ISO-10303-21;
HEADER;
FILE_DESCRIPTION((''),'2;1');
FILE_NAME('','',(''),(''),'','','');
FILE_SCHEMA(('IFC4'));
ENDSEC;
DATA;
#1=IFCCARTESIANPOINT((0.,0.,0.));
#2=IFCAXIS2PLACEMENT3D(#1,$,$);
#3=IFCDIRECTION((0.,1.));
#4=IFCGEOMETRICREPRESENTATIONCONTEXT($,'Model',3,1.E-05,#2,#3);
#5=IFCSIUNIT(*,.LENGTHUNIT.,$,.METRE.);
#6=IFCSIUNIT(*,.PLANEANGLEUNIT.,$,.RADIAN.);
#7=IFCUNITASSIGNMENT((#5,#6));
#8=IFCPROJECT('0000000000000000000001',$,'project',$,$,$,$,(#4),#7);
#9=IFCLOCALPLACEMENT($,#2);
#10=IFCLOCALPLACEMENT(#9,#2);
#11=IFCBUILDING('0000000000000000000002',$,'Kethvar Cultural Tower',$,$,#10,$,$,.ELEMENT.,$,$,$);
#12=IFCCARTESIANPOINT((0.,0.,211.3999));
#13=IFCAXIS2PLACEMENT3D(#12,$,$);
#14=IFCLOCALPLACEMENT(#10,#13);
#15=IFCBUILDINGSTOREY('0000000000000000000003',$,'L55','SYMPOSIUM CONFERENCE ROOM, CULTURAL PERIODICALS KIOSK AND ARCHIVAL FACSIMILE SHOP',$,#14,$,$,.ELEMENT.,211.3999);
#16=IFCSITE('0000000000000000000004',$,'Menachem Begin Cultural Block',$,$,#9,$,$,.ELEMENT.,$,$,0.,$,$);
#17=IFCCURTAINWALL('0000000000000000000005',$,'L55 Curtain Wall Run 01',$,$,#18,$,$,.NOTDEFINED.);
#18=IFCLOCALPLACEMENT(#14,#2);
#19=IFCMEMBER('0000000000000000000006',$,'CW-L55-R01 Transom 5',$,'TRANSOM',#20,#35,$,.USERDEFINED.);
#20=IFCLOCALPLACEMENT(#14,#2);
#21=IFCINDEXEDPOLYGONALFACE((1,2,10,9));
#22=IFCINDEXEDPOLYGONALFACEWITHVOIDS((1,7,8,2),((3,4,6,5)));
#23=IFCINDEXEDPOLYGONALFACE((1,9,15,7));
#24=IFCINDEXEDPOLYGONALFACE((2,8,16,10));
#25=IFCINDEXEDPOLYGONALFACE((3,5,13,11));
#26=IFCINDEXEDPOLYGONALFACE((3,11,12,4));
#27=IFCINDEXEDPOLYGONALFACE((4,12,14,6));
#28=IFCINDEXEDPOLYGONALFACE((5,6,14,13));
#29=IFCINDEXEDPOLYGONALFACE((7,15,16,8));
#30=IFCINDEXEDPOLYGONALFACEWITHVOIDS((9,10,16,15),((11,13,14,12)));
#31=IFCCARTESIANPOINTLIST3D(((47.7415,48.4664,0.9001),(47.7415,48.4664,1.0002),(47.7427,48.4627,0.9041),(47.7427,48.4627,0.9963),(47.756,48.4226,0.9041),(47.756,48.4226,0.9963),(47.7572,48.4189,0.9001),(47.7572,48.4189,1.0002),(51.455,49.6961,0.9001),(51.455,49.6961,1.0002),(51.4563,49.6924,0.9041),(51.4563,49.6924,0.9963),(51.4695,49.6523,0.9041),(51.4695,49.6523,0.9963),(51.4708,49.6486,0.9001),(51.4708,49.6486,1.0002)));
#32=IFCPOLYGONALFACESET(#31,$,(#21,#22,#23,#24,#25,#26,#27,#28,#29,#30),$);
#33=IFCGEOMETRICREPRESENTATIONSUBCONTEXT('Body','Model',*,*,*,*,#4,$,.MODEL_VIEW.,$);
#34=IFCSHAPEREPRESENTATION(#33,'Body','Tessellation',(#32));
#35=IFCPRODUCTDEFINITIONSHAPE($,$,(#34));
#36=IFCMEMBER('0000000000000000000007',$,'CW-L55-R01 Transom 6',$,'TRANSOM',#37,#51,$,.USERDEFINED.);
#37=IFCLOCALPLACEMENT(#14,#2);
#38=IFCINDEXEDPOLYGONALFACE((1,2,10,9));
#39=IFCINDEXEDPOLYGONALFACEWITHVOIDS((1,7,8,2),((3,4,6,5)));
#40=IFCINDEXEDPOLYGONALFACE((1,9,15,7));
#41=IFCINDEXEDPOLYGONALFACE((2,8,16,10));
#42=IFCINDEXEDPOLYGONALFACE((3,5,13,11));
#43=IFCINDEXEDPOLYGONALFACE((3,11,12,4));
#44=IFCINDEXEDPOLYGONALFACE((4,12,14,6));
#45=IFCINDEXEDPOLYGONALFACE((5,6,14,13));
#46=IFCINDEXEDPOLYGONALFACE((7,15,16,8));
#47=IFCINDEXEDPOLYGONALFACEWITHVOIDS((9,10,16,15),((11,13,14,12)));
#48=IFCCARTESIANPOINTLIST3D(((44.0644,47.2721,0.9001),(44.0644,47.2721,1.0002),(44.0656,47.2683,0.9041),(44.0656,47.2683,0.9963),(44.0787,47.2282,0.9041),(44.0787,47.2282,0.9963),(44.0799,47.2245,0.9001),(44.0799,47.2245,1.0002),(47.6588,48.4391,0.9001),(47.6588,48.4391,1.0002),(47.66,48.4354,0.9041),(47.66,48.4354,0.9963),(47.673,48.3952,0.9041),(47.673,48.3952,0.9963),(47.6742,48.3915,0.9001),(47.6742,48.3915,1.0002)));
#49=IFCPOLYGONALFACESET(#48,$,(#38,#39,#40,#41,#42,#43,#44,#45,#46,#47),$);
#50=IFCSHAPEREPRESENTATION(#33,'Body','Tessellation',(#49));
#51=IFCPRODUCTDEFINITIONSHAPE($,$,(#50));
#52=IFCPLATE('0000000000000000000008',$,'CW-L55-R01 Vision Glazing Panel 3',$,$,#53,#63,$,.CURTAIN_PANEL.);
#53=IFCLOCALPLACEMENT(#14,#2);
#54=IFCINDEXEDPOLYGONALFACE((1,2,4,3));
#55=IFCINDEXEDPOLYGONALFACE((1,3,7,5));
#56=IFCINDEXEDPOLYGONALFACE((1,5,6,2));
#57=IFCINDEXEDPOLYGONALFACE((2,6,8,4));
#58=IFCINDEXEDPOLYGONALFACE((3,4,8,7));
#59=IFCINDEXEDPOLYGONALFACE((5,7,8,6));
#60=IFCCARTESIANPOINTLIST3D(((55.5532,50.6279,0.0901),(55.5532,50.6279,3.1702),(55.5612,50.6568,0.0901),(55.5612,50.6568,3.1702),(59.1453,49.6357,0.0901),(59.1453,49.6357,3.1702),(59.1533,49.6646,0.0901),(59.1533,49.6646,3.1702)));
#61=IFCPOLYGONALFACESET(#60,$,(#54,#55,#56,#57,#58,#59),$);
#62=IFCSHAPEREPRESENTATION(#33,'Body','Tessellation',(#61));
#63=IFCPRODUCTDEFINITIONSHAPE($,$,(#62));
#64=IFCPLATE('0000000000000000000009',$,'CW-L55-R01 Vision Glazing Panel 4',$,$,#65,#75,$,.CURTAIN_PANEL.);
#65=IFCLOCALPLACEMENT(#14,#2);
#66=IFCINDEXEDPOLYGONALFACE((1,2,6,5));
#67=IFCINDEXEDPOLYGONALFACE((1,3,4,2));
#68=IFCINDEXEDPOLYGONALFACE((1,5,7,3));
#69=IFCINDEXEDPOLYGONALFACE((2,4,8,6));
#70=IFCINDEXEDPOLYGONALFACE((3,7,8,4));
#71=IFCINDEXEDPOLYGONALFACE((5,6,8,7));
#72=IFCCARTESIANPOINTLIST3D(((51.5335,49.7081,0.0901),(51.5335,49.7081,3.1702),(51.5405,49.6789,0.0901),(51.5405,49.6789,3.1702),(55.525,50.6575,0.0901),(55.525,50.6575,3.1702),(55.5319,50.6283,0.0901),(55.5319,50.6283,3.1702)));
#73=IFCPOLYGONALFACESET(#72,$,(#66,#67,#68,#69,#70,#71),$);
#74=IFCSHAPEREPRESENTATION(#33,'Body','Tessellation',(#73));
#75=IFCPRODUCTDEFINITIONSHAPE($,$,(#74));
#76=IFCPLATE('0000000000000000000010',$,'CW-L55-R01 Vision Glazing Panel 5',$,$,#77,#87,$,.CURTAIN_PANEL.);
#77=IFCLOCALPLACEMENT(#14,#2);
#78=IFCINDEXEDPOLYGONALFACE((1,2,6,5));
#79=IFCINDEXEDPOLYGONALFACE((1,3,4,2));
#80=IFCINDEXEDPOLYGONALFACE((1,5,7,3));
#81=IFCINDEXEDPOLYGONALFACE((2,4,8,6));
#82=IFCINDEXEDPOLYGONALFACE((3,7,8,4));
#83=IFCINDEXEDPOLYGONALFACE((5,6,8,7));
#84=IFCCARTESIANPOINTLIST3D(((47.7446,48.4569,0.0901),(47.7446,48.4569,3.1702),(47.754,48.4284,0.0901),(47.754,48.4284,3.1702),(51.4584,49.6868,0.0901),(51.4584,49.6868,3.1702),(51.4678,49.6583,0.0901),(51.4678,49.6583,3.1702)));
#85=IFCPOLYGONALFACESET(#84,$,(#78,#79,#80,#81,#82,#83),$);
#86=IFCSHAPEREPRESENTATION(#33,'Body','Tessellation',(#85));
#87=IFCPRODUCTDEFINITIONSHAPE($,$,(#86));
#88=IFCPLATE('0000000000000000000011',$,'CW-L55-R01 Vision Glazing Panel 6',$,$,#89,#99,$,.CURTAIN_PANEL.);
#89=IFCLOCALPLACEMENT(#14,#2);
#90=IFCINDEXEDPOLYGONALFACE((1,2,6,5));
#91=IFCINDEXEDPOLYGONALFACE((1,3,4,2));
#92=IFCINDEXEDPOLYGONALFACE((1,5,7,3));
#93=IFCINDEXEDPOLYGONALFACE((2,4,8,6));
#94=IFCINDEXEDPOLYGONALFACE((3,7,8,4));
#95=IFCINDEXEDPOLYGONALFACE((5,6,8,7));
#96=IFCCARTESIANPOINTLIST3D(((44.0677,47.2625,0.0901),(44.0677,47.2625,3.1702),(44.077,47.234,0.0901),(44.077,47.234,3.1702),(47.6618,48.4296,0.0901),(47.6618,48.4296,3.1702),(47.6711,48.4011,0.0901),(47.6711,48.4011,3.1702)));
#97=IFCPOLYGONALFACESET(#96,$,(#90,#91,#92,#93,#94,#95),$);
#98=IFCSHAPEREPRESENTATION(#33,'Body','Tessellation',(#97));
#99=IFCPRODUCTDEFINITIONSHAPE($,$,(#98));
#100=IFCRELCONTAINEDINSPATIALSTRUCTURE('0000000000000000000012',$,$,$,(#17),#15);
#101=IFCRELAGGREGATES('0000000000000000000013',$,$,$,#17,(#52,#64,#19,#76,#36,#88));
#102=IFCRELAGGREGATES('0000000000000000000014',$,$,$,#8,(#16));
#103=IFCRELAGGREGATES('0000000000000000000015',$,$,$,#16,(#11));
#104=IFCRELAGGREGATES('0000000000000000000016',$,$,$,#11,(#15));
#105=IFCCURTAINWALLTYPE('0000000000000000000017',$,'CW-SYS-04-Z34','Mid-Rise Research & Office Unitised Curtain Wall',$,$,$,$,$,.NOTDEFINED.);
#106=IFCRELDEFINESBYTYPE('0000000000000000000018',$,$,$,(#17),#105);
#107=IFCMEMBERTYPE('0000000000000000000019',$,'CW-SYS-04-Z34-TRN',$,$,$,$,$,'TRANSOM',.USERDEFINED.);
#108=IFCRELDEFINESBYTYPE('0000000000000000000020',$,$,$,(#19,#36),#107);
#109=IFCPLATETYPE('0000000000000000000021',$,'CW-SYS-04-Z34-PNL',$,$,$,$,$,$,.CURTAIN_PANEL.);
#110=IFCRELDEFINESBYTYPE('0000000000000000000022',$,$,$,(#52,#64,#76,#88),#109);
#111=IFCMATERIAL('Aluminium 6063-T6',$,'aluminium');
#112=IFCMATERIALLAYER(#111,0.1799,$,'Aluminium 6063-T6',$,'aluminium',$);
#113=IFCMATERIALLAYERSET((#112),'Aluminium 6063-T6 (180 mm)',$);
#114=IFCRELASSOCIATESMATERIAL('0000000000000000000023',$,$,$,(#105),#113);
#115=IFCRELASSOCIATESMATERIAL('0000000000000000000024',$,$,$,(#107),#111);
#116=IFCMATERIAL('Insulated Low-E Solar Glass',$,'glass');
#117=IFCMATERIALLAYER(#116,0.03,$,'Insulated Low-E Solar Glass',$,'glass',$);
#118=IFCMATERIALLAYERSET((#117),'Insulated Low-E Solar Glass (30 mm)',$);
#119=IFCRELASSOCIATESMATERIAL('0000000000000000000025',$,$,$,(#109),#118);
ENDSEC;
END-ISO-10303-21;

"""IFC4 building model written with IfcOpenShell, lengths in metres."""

from ifc_helpers import new_model, si_unit, direction, frame, origin, origin_2d, place, context, subcontext, project, spatial, rectangle, hollow_rectangle, extrude, source, transform, mapped, material, layer, layer_set, material_profile, profile_set, type_object, element, aggregate, save


model = new_model("IFC4")

# Units and contexts
model_context = context("Model", 3, precision=1e-05, world=origin(), true_north=direction((0.0, 1.0)))
body_context = subcontext(model_context, "Body", "Model", "MODEL_VIEW")
ifc_project = project(units=[si_unit("LENGTHUNIT", "METRE"), si_unit("PLANEANGLEUNIT", "RADIAN")], contexts=[model_context])

# Site, building, storey
site_placement = place(None, origin())
site = spatial("IfcSite", under=ifc_project, at=site_placement, Name="Menachem Begin Cultural Block", CompositionType="ELEMENT", RefElevation=0.0)
building_placement = place(site_placement, origin())
building = spatial("IfcBuilding", under=site, at=building_placement, Name="Kethvar Cultural Tower", CompositionType="ELEMENT")
storey_placement = place(building_placement, frame((0.0, 0.0, 211.3999)))
storey = spatial("IfcBuildingStorey", under=building, at=storey_placement, Name="L55", Description="SYMPOSIUM CONFERENCE ROOM, CULTURAL PERIODICALS KIOSK AND ARCHIVAL FACSIMILE SHOP", CompositionType="ELEMENT", Elevation=211.3999)

# Curtain wall, members, plates
ifc_material_1 = material(Name="Aluminium 6063-T6", Category="aluminium")
ifc_layer_1 = layer(ifc_material_1, 0.1799, Name="Aluminium 6063-T6", Category="aluminium")
ifc_layer_set_1 = layer_set([ifc_layer_1], Name="Aluminium 6063-T6 (180 mm)")
curtain_wall_type = type_object("IfcCurtainWallType", Name="CW-SYS-04-Z34", Description="Mid-Rise Research & Office Unitised Curtain Wall", PredefinedType="NOTDEFINED", material=ifc_layer_set_1)
curtain_wall_placement = place(storey_placement, origin())
curtain_wall = element("IfcCurtainWall", 1, at=curtain_wall_placement, inside=storey, type_object=curtain_wall_type, Name="L55 Curtain Wall Run 01", PredefinedType="NOTDEFINED")
ifc_material_profile_1 = material_profile(ifc_material_1, hollow_rectangle(XDim=0.05, YDim=0.1001, WallThickness=0.0039, at=origin_2d()), Name="Aluminium 6063-T6 — RHS100x50x4")
ifc_profile_set_1 = profile_set([ifc_material_profile_1], Name="Aluminium 6063-T6 — RHS100x50x4")
member_type_1 = type_object("IfcMemberType", Name="CW-SYS-04-Z34-TRN", ElementType="TRANSOM", PredefinedType="USERDEFINED", material=ifc_profile_set_1)
shared_shape_1 = source(origin(), body_context, "Body", "SweptSolid", [
    extrude(hollow_rectangle(XDim=0.05, YDim=0.1001, WallThickness=0.0039, at=origin_2d()), origin(), (0.0, 0.0, 1.0), 3.9119),
])
member_1_placement = place(storey_placement, frame((51.4629, 49.6724, 0.9502), z_axis=(-0.949306, -0.314355, 0.0), x_axis=(0.314355, -0.949306, 0.0)))
member_1 = element("IfcMember", 2, at=member_1_placement, type_object=member_type_1, Name="CW-L55-R01 Transom 5", ObjectType="TRANSOM", PredefinedType="USERDEFINED", context=body_context, shape_type="MappedRepresentation", body=[
    mapped(shared_shape_1, transform((0.0, 0.0, 0.0), scale=1.0)),
])
shared_shape_2 = source(origin(), body_context, "Body", "SweptSolid", [
    extrude(hollow_rectangle(XDim=0.05, YDim=0.1001, WallThickness=0.0039, at=origin_2d()), origin(), (0.0, 0.0, 1.0), 3.7791),
])
member_2_placement = place(storey_placement, frame((47.6665, 48.4153, 0.9502), z_axis=(-0.951122, -0.308814, 0.0), x_axis=(0.308814, -0.951122, 0.0)))
member_2 = element("IfcMember", 3, at=member_2_placement, type_object=member_type_1, Name="CW-L55-R01 Transom 6", ObjectType="TRANSOM", PredefinedType="USERDEFINED", context=body_context, shape_type="MappedRepresentation", body=[
    mapped(shared_shape_2, transform((0.0, 0.0, 0.0), scale=1.0)),
])
ifc_material_2 = material(Name="Insulated Low-E Solar Glass", Category="glass")
ifc_layer_2 = layer(ifc_material_2, 0.03, Name="Insulated Low-E Solar Glass", Category="glass")
ifc_layer_set_2 = layer_set([ifc_layer_2], Name="Insulated Low-E Solar Glass (30 mm)")
plate_type = type_object("IfcPlateType", Name="CW-SYS-04-Z34-PNL", PredefinedType="CURTAIN_PANEL", material=ifc_layer_set_2)
shared_shape_3 = source(origin(), body_context, "Body", "SweptSolid", [
    extrude(rectangle(XDim=3.7266, YDim=0.03, at=origin_2d()), origin(), (0.0, 0.0, 1.0), 3.0801),
])
plate_1_placement = place(storey_placement, frame((57.3533, 50.1462, 0.0901), z_axis=(0.0, 0.0, 1.0), x_axis=(-0.963905, 0.266246, 0.0)))
plate_1 = element("IfcPlate", 4, at=plate_1_placement, type_object=plate_type, Name="CW-L55-R01 Vision Glazing Panel 3", PredefinedType="CURTAIN_PANEL", context=body_context, shape_type="MappedRepresentation", body=[
    mapped(shared_shape_3, transform((0.0, 0.0, 0.0), scale=1.0)),
])
shared_shape_4 = source(origin(), body_context, "Body", "SweptSolid", [
    extrude(rectangle(XDim=4.1028, YDim=0.03, at=origin_2d()), origin(), (0.0, 0.0, 1.0), 3.0801),
])
plate_2_placement = place(storey_placement, frame((53.5327, 50.1682, 0.0901), z_axis=(0.0, 0.0, 1.0), x_axis=(-0.972857, -0.231408, 0.0)))
plate_2 = element("IfcPlate", 5, at=plate_2_placement, type_object=plate_type, Name="CW-L55-R01 Vision Glazing Panel 4", PredefinedType="CURTAIN_PANEL", context=body_context, shape_type="MappedRepresentation", body=[
    mapped(shared_shape_4, transform((0.0, 0.0, 0.0), scale=1.0)),
])
shared_shape_5 = source(origin(), body_context, "Body", "SweptSolid", [
    extrude(rectangle(XDim=3.9121, YDim=0.03, at=origin_2d()), origin(), (0.0, 0.0, 1.0), 3.0801),
])
plate_3_placement = place(storey_placement, frame((49.6062, 49.0576, 0.0901), z_axis=(0.0, 0.0, 1.0), x_axis=(-0.949299, -0.314374, 0.0)))
plate_3 = element("IfcPlate", 6, at=plate_3_placement, type_object=plate_type, Name="CW-L55-R01 Vision Glazing Panel 5", PredefinedType="CURTAIN_PANEL", context=body_context, shape_type="MappedRepresentation", body=[
    mapped(shared_shape_5, transform((0.0, 0.0, 0.0), scale=1.0)),
])
shared_shape_6 = source(origin(), body_context, "Body", "SweptSolid", [
    extrude(rectangle(XDim=3.7788, YDim=0.03, at=origin_2d()), origin(), (0.0, 0.0, 1.0), 3.0801),
])
plate_4_placement = place(storey_placement, frame((45.8694, 47.8318, 0.0901), z_axis=(0.0, 0.0, 1.0), x_axis=(-0.95111, -0.308851, 0.0)))
plate_4 = element("IfcPlate", 7, at=plate_4_placement, type_object=plate_type, Name="CW-L55-R01 Vision Glazing Panel 6", PredefinedType="CURTAIN_PANEL", context=body_context, shape_type="MappedRepresentation", body=[
    mapped(shared_shape_6, transform((0.0, 0.0, 0.0), scale=1.0)),
])
aggregate(curtain_wall, [plate_1, plate_2, member_1, plate_3, member_2, plate_4])

save(model, "model.ifc")
